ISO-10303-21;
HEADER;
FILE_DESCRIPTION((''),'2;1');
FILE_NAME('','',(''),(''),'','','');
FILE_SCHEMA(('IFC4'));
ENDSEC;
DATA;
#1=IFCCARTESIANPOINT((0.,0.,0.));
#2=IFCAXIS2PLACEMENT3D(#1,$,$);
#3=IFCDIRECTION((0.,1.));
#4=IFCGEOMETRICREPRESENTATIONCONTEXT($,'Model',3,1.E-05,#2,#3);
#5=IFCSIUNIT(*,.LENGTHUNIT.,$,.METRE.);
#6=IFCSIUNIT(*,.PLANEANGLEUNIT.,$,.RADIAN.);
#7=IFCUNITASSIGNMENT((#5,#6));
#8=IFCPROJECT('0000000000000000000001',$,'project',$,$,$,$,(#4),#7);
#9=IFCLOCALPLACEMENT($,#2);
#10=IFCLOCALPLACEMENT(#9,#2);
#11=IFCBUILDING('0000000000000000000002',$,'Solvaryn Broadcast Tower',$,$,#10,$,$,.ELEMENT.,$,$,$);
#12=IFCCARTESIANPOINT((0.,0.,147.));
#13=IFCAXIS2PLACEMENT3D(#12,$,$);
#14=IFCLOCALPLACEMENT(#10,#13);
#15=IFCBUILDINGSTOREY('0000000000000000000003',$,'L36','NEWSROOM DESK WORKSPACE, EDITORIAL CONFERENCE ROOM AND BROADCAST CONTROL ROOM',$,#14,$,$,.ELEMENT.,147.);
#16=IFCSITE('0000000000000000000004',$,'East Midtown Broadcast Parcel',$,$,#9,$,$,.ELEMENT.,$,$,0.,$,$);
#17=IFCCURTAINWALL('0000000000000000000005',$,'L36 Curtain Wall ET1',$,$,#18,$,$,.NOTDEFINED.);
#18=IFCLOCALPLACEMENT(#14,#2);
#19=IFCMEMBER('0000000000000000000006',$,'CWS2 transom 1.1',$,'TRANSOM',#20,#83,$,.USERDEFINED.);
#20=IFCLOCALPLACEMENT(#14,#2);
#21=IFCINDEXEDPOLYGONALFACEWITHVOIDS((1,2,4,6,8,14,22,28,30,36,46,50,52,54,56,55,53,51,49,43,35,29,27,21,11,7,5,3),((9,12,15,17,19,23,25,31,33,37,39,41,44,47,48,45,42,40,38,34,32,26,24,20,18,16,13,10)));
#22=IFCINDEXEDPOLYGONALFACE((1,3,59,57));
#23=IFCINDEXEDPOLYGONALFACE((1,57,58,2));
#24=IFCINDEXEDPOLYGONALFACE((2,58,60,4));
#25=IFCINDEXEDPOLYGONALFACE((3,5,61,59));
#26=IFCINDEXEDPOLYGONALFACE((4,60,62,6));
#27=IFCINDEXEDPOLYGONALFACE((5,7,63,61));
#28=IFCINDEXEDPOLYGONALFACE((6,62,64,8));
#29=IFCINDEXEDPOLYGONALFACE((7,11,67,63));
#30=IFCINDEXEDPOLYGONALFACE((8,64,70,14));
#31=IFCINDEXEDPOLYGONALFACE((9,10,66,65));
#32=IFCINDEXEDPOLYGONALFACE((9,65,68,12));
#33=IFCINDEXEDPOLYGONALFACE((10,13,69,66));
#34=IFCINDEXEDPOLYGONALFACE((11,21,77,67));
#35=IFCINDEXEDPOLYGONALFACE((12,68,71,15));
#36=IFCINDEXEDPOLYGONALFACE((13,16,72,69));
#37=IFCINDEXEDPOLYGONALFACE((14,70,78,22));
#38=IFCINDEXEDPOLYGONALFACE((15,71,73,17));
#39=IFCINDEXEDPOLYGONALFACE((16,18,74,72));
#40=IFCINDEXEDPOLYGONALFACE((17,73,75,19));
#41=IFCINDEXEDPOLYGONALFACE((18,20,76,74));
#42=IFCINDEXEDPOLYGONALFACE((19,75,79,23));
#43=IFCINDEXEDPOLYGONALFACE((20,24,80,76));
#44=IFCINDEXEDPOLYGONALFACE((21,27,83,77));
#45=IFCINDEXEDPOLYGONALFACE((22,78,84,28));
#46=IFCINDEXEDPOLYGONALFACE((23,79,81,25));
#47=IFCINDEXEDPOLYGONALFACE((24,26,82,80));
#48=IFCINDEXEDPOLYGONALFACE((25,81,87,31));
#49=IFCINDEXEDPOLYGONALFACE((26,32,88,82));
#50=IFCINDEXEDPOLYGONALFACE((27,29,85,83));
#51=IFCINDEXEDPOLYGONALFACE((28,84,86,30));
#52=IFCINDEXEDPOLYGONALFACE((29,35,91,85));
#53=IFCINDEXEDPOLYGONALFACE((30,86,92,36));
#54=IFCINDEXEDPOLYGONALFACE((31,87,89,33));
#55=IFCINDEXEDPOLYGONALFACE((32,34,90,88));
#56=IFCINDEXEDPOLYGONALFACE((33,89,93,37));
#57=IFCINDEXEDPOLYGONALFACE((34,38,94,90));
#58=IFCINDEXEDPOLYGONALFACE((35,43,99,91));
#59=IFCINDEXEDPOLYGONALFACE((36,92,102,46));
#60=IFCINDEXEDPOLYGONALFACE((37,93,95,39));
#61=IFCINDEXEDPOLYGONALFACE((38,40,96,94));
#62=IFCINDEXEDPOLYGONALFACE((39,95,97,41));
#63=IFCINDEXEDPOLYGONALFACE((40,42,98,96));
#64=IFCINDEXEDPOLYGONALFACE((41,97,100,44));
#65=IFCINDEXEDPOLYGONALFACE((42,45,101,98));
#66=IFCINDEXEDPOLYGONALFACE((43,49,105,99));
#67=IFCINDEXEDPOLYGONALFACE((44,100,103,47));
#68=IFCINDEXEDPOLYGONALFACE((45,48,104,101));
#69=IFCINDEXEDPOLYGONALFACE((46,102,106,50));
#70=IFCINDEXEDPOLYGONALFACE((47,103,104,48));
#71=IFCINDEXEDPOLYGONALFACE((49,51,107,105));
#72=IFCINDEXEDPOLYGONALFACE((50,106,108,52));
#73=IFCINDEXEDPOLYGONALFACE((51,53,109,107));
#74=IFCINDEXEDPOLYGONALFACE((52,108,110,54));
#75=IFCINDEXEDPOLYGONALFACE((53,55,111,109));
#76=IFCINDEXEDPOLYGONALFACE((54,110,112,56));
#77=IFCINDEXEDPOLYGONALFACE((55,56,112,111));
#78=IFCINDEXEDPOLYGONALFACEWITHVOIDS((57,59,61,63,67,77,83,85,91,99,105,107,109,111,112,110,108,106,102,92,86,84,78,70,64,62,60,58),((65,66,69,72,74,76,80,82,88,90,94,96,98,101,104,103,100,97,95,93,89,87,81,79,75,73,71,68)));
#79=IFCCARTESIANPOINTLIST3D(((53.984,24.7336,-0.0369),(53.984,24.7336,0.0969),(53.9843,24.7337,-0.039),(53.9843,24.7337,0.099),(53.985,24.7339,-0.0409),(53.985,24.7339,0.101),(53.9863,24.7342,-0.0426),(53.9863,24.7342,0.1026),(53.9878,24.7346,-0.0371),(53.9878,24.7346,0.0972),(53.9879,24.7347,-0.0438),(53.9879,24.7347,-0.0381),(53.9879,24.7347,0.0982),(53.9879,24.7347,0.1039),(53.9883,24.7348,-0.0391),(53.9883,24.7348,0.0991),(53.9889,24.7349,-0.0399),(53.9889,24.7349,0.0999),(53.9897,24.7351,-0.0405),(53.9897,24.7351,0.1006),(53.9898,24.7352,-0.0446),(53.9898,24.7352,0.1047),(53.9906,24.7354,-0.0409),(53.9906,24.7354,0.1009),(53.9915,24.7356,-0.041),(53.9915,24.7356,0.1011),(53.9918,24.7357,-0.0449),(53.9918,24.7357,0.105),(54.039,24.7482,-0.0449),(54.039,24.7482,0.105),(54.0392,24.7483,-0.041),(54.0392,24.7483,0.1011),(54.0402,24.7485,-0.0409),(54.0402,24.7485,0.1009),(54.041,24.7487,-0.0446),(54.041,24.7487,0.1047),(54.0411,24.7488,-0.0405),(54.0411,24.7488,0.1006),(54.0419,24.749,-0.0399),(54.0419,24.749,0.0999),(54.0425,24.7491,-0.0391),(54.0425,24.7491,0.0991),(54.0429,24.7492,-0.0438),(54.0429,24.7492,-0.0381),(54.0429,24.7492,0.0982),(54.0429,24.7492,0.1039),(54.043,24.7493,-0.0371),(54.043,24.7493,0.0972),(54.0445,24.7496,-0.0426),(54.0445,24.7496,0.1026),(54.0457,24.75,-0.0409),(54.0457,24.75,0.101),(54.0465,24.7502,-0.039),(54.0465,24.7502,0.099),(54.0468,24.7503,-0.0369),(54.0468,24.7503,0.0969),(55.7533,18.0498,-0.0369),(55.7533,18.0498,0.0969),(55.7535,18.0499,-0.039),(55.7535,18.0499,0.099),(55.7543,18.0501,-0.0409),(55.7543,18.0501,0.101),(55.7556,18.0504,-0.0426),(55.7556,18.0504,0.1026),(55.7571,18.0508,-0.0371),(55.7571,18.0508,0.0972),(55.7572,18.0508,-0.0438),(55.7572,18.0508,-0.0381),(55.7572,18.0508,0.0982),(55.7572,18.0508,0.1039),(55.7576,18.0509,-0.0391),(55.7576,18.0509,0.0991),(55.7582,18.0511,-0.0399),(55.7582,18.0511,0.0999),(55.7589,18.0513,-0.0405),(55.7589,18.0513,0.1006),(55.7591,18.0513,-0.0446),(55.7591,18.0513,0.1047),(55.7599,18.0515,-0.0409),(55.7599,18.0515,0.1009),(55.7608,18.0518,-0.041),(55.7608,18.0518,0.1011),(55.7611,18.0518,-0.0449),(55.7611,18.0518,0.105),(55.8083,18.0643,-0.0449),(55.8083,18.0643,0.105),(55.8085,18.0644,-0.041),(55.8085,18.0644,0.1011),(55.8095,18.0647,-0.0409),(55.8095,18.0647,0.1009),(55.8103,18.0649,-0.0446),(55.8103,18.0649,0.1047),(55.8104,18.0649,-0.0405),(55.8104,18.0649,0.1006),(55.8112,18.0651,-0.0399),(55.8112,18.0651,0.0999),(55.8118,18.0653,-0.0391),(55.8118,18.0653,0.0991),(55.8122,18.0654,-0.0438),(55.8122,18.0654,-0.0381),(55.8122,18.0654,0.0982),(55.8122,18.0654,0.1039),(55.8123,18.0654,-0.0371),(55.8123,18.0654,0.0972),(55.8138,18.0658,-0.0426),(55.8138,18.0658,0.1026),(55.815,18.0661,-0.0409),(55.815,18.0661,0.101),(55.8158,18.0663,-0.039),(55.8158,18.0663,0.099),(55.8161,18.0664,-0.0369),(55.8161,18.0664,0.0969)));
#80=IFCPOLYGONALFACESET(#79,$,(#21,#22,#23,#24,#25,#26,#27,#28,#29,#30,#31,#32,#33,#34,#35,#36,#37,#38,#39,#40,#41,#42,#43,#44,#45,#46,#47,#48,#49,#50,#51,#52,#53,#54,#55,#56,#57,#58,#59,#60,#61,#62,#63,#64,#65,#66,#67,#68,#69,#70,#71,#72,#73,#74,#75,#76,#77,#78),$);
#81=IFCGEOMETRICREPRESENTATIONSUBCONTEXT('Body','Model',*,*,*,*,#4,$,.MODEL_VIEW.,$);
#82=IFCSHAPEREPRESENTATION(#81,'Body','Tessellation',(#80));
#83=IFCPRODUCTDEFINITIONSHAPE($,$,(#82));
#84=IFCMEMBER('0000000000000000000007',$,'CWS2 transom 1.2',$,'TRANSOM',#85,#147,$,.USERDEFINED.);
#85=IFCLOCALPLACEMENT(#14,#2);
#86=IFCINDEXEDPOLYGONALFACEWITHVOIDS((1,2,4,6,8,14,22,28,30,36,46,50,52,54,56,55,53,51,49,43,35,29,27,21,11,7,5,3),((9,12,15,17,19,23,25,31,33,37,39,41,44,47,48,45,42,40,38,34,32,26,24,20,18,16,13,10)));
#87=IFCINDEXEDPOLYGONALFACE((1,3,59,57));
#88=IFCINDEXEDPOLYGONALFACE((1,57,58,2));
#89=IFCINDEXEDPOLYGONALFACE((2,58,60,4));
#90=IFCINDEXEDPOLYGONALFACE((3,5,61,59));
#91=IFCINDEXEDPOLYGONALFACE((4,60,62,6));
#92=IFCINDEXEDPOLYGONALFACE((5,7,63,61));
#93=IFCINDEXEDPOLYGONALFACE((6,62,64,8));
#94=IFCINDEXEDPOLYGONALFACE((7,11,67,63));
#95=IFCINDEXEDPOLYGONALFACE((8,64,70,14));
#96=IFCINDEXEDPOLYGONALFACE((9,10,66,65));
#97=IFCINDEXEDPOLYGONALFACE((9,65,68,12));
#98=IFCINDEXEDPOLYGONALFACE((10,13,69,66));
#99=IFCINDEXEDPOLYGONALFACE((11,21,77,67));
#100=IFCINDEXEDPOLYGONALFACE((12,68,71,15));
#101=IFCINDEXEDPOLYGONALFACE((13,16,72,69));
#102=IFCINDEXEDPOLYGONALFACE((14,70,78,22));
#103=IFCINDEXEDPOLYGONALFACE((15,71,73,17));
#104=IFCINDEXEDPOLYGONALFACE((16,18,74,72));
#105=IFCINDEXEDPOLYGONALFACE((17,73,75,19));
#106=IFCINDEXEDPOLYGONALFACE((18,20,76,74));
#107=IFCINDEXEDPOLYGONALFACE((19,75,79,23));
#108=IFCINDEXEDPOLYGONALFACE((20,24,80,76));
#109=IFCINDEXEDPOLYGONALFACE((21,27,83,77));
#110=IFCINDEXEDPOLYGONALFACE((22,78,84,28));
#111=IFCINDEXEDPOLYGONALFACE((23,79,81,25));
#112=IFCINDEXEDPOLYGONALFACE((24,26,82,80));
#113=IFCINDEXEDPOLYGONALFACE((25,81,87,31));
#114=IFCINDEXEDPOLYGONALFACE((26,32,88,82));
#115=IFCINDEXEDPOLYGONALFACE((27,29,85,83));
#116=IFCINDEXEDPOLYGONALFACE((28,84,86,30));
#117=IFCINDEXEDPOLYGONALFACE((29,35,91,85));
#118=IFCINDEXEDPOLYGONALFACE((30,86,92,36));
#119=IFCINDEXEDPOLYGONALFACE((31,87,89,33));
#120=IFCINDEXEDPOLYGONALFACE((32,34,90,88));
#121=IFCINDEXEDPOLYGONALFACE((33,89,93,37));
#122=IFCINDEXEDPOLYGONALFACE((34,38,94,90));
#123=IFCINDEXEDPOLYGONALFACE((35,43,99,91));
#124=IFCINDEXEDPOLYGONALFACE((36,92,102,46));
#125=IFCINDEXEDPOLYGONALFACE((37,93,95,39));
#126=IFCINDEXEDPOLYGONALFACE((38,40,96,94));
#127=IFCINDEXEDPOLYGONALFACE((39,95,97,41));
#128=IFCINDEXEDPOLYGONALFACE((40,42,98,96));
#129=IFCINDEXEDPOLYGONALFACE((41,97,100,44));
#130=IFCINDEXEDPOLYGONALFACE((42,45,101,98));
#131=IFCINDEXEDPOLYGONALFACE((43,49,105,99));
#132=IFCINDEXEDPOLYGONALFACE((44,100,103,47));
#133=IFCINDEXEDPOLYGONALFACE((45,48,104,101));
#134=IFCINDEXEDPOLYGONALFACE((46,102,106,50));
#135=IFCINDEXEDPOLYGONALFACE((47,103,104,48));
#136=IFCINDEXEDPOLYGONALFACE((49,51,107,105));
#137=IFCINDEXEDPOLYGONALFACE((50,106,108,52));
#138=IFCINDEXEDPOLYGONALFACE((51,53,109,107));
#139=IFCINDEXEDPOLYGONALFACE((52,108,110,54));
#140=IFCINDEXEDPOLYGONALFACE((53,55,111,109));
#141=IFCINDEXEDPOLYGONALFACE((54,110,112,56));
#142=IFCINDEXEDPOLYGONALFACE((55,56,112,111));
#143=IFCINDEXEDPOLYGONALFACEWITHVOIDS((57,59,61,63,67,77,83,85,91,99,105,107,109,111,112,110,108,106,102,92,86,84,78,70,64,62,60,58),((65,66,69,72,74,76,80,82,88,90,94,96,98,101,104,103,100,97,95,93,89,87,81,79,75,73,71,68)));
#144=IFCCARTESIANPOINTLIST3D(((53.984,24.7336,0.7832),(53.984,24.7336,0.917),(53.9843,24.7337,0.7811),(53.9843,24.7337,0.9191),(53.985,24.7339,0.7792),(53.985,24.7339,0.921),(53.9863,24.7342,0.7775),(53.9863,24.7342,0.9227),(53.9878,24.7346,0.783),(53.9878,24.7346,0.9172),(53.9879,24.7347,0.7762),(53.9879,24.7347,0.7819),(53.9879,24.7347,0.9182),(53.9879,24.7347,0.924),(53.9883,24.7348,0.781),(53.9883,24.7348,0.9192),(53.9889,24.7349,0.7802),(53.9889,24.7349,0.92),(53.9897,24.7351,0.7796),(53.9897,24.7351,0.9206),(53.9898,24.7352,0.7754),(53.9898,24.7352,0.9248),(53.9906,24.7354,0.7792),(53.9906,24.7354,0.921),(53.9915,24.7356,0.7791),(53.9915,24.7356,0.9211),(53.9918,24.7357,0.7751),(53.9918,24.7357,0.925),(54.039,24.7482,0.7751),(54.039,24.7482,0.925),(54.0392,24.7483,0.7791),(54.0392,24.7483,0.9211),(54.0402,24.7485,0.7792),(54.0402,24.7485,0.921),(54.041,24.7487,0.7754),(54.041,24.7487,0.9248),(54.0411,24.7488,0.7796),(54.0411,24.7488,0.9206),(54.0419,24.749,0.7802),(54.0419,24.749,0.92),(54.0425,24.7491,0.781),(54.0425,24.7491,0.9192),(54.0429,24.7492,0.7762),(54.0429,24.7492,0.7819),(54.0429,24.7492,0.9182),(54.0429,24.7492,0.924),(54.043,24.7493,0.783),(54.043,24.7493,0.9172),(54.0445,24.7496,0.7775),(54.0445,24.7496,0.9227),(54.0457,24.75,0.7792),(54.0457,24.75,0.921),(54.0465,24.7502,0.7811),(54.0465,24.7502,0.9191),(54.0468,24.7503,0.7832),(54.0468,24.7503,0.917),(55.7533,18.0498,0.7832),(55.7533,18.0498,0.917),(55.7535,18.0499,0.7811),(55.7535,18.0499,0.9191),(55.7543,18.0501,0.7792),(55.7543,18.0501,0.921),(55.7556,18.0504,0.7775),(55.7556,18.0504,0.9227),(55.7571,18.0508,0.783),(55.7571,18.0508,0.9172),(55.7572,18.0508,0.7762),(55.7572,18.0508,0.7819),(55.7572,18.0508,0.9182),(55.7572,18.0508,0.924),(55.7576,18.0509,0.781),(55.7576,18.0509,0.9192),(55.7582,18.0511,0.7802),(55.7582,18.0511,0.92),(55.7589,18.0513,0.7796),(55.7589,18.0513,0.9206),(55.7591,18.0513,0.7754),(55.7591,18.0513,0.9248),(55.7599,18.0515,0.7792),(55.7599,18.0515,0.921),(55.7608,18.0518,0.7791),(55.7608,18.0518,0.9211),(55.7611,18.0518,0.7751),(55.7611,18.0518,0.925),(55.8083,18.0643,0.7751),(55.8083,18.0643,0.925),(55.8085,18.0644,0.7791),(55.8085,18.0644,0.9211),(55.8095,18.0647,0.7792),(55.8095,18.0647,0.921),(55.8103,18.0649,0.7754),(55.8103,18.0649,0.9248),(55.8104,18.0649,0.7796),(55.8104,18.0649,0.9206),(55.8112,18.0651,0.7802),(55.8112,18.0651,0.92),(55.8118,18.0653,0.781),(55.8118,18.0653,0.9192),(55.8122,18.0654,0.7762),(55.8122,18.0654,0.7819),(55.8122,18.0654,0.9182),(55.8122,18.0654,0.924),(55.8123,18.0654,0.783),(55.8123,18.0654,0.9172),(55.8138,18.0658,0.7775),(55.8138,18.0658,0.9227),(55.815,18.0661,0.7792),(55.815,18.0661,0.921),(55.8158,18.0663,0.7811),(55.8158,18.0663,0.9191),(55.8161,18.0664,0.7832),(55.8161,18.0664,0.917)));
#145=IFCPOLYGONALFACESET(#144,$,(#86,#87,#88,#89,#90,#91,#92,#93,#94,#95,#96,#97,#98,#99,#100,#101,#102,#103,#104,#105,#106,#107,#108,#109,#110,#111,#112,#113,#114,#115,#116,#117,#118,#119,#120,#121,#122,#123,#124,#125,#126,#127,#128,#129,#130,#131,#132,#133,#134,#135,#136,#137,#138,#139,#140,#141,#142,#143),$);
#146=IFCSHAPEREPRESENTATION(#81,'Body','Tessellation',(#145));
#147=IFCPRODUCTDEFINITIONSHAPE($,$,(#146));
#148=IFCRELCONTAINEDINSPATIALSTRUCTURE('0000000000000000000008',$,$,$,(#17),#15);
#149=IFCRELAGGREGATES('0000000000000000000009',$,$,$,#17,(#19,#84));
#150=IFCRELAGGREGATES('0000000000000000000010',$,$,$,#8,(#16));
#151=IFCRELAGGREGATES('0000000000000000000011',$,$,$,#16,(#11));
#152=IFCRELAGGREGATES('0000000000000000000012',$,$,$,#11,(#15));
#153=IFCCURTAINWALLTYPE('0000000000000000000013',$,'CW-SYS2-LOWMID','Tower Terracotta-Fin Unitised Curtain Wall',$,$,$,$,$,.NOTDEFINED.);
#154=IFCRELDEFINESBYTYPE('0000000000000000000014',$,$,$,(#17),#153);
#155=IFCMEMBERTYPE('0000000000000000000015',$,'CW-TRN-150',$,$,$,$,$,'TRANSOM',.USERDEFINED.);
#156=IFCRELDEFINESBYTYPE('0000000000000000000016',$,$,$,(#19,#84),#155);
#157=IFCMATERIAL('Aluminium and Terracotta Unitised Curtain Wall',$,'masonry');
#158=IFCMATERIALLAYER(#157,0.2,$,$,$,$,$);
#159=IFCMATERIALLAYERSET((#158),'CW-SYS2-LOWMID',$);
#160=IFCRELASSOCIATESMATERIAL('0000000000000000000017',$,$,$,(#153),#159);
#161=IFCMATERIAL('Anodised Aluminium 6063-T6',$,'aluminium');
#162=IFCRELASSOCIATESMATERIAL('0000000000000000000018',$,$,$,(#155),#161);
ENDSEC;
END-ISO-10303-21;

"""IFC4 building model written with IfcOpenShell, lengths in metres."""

from ifc_helpers import new_model, si_unit, direction, frame, origin, origin_2d, place, context, subcontext, project, spatial, hollow_rectangle, extrude, material, layer, layer_set, material_profile, profile_set, type_object, element, aggregate, save


model = new_model("IFC4")

# Units and contexts
model_context = context("Model", 3, precision=1e-05, world=origin(), true_north=direction((0.0, 1.0)))
body_context = subcontext(model_context, "Body", "Model", "MODEL_VIEW")
ifc_project = project(units=[si_unit("LENGTHUNIT", "METRE"), si_unit("PLANEANGLEUNIT", "RADIAN")], contexts=[model_context])

# Site, building, storey
site_placement = place(None, origin())
site = spatial("IfcSite", under=ifc_project, at=site_placement, Name="East Midtown Broadcast Parcel", CompositionType="ELEMENT", RefElevation=0.0)
building_placement = place(site_placement, origin())
building = spatial("IfcBuilding", under=site, at=building_placement, Name="Solvaryn Broadcast Tower", CompositionType="ELEMENT")
storey_placement = place(building_placement, frame((0.0, 0.0, 147.0)))
storey = spatial("IfcBuildingStorey", under=building, at=storey_placement, Name="L36", Description="NEWSROOM DESK WORKSPACE, EDITORIAL CONFERENCE ROOM AND BROADCAST CONTROL ROOM", CompositionType="ELEMENT", Elevation=147.0)

# Curtain wall
ifc_material_1 = material(Name="Aluminium and Terracotta Unitised Curtain Wall", Category="masonry")
ifc_layer_1 = layer(ifc_material_1, 0.2)
ifc_layer_set_1 = layer_set([ifc_layer_1], Name="CW-SYS2-LOWMID")
curtain_wall_type = type_object("IfcCurtainWallType", Name="CW-SYS2-LOWMID", Description="Tower Terracotta-Fin Unitised Curtain Wall", PredefinedType="NOTDEFINED", material=ifc_layer_set_1)
curtain_wall_1_placement = place(storey_placement, origin())
curtain_wall_1 = element("IfcCurtainWall", 1, at=curtain_wall_1_placement, inside=storey, type_object=curtain_wall_type, Name="L36 Curtain Wall ET1", PredefinedType="NOTDEFINED")

# Members
ifc_material_2 = material(Name="Anodised Aluminium 6063-T6", Category="aluminium")
ifc_material_profile_1 = material_profile(ifc_material_2, hollow_rectangle(XDim=0.0649, YDim=0.1499, WallThickness=0.0039, InnerFilletRadius=0.0039, OuterFilletRadius=0.0081, at=origin_2d()))
ifc_profile_set_1 = profile_set([ifc_material_profile_1], Name="Anodised Aluminium 6063-T6")
member_type_1 = type_object("IfcMemberType", Name="CW-TRN-150", ElementType="TRANSOM", PredefinedType="USERDEFINED", material=ifc_profile_set_1)
member_1_placement = place(storey_placement, frame((54.0154, 24.7419, 0.03), z_axis=(0.255897, -0.966704, 0.0), x_axis=(0.966704, 0.255897, 0.0)))
member_1 = element("IfcMember", 2, at=member_1_placement, type_object=member_type_1, Name="CWS2 transom 1.1", ObjectType="TRANSOM", PredefinedType="USERDEFINED", context=body_context, shape_type="SweptSolid", body=[
    extrude(hollow_rectangle(XDim=0.0649, YDim=0.1499, WallThickness=0.0039, InnerFilletRadius=0.0039, OuterFilletRadius=0.0081, at=origin_2d()), origin(), (0.0, 0.0, 1.0), 6.9141),
])
member_2_placement = place(storey_placement, frame((54.0154, 24.7419, 0.8501), z_axis=(0.255897, -0.966704, 0.0), x_axis=(0.966704, 0.255897, 0.0)))
member_2 = element("IfcMember", 3, at=member_2_placement, type_object=member_type_1, Name="CWS2 transom 1.2", ObjectType="TRANSOM", PredefinedType="USERDEFINED", context=body_context, shape_type="SweptSolid", body=[
    extrude(hollow_rectangle(XDim=0.0649, YDim=0.1499, WallThickness=0.0039, InnerFilletRadius=0.0039, OuterFilletRadius=0.0081, at=origin_2d()), origin(), (0.0, 0.0, 1.0), 6.9141),
])

aggregate(curtain_wall_1, [member_1, member_2])

save(model, "model.ifc")
